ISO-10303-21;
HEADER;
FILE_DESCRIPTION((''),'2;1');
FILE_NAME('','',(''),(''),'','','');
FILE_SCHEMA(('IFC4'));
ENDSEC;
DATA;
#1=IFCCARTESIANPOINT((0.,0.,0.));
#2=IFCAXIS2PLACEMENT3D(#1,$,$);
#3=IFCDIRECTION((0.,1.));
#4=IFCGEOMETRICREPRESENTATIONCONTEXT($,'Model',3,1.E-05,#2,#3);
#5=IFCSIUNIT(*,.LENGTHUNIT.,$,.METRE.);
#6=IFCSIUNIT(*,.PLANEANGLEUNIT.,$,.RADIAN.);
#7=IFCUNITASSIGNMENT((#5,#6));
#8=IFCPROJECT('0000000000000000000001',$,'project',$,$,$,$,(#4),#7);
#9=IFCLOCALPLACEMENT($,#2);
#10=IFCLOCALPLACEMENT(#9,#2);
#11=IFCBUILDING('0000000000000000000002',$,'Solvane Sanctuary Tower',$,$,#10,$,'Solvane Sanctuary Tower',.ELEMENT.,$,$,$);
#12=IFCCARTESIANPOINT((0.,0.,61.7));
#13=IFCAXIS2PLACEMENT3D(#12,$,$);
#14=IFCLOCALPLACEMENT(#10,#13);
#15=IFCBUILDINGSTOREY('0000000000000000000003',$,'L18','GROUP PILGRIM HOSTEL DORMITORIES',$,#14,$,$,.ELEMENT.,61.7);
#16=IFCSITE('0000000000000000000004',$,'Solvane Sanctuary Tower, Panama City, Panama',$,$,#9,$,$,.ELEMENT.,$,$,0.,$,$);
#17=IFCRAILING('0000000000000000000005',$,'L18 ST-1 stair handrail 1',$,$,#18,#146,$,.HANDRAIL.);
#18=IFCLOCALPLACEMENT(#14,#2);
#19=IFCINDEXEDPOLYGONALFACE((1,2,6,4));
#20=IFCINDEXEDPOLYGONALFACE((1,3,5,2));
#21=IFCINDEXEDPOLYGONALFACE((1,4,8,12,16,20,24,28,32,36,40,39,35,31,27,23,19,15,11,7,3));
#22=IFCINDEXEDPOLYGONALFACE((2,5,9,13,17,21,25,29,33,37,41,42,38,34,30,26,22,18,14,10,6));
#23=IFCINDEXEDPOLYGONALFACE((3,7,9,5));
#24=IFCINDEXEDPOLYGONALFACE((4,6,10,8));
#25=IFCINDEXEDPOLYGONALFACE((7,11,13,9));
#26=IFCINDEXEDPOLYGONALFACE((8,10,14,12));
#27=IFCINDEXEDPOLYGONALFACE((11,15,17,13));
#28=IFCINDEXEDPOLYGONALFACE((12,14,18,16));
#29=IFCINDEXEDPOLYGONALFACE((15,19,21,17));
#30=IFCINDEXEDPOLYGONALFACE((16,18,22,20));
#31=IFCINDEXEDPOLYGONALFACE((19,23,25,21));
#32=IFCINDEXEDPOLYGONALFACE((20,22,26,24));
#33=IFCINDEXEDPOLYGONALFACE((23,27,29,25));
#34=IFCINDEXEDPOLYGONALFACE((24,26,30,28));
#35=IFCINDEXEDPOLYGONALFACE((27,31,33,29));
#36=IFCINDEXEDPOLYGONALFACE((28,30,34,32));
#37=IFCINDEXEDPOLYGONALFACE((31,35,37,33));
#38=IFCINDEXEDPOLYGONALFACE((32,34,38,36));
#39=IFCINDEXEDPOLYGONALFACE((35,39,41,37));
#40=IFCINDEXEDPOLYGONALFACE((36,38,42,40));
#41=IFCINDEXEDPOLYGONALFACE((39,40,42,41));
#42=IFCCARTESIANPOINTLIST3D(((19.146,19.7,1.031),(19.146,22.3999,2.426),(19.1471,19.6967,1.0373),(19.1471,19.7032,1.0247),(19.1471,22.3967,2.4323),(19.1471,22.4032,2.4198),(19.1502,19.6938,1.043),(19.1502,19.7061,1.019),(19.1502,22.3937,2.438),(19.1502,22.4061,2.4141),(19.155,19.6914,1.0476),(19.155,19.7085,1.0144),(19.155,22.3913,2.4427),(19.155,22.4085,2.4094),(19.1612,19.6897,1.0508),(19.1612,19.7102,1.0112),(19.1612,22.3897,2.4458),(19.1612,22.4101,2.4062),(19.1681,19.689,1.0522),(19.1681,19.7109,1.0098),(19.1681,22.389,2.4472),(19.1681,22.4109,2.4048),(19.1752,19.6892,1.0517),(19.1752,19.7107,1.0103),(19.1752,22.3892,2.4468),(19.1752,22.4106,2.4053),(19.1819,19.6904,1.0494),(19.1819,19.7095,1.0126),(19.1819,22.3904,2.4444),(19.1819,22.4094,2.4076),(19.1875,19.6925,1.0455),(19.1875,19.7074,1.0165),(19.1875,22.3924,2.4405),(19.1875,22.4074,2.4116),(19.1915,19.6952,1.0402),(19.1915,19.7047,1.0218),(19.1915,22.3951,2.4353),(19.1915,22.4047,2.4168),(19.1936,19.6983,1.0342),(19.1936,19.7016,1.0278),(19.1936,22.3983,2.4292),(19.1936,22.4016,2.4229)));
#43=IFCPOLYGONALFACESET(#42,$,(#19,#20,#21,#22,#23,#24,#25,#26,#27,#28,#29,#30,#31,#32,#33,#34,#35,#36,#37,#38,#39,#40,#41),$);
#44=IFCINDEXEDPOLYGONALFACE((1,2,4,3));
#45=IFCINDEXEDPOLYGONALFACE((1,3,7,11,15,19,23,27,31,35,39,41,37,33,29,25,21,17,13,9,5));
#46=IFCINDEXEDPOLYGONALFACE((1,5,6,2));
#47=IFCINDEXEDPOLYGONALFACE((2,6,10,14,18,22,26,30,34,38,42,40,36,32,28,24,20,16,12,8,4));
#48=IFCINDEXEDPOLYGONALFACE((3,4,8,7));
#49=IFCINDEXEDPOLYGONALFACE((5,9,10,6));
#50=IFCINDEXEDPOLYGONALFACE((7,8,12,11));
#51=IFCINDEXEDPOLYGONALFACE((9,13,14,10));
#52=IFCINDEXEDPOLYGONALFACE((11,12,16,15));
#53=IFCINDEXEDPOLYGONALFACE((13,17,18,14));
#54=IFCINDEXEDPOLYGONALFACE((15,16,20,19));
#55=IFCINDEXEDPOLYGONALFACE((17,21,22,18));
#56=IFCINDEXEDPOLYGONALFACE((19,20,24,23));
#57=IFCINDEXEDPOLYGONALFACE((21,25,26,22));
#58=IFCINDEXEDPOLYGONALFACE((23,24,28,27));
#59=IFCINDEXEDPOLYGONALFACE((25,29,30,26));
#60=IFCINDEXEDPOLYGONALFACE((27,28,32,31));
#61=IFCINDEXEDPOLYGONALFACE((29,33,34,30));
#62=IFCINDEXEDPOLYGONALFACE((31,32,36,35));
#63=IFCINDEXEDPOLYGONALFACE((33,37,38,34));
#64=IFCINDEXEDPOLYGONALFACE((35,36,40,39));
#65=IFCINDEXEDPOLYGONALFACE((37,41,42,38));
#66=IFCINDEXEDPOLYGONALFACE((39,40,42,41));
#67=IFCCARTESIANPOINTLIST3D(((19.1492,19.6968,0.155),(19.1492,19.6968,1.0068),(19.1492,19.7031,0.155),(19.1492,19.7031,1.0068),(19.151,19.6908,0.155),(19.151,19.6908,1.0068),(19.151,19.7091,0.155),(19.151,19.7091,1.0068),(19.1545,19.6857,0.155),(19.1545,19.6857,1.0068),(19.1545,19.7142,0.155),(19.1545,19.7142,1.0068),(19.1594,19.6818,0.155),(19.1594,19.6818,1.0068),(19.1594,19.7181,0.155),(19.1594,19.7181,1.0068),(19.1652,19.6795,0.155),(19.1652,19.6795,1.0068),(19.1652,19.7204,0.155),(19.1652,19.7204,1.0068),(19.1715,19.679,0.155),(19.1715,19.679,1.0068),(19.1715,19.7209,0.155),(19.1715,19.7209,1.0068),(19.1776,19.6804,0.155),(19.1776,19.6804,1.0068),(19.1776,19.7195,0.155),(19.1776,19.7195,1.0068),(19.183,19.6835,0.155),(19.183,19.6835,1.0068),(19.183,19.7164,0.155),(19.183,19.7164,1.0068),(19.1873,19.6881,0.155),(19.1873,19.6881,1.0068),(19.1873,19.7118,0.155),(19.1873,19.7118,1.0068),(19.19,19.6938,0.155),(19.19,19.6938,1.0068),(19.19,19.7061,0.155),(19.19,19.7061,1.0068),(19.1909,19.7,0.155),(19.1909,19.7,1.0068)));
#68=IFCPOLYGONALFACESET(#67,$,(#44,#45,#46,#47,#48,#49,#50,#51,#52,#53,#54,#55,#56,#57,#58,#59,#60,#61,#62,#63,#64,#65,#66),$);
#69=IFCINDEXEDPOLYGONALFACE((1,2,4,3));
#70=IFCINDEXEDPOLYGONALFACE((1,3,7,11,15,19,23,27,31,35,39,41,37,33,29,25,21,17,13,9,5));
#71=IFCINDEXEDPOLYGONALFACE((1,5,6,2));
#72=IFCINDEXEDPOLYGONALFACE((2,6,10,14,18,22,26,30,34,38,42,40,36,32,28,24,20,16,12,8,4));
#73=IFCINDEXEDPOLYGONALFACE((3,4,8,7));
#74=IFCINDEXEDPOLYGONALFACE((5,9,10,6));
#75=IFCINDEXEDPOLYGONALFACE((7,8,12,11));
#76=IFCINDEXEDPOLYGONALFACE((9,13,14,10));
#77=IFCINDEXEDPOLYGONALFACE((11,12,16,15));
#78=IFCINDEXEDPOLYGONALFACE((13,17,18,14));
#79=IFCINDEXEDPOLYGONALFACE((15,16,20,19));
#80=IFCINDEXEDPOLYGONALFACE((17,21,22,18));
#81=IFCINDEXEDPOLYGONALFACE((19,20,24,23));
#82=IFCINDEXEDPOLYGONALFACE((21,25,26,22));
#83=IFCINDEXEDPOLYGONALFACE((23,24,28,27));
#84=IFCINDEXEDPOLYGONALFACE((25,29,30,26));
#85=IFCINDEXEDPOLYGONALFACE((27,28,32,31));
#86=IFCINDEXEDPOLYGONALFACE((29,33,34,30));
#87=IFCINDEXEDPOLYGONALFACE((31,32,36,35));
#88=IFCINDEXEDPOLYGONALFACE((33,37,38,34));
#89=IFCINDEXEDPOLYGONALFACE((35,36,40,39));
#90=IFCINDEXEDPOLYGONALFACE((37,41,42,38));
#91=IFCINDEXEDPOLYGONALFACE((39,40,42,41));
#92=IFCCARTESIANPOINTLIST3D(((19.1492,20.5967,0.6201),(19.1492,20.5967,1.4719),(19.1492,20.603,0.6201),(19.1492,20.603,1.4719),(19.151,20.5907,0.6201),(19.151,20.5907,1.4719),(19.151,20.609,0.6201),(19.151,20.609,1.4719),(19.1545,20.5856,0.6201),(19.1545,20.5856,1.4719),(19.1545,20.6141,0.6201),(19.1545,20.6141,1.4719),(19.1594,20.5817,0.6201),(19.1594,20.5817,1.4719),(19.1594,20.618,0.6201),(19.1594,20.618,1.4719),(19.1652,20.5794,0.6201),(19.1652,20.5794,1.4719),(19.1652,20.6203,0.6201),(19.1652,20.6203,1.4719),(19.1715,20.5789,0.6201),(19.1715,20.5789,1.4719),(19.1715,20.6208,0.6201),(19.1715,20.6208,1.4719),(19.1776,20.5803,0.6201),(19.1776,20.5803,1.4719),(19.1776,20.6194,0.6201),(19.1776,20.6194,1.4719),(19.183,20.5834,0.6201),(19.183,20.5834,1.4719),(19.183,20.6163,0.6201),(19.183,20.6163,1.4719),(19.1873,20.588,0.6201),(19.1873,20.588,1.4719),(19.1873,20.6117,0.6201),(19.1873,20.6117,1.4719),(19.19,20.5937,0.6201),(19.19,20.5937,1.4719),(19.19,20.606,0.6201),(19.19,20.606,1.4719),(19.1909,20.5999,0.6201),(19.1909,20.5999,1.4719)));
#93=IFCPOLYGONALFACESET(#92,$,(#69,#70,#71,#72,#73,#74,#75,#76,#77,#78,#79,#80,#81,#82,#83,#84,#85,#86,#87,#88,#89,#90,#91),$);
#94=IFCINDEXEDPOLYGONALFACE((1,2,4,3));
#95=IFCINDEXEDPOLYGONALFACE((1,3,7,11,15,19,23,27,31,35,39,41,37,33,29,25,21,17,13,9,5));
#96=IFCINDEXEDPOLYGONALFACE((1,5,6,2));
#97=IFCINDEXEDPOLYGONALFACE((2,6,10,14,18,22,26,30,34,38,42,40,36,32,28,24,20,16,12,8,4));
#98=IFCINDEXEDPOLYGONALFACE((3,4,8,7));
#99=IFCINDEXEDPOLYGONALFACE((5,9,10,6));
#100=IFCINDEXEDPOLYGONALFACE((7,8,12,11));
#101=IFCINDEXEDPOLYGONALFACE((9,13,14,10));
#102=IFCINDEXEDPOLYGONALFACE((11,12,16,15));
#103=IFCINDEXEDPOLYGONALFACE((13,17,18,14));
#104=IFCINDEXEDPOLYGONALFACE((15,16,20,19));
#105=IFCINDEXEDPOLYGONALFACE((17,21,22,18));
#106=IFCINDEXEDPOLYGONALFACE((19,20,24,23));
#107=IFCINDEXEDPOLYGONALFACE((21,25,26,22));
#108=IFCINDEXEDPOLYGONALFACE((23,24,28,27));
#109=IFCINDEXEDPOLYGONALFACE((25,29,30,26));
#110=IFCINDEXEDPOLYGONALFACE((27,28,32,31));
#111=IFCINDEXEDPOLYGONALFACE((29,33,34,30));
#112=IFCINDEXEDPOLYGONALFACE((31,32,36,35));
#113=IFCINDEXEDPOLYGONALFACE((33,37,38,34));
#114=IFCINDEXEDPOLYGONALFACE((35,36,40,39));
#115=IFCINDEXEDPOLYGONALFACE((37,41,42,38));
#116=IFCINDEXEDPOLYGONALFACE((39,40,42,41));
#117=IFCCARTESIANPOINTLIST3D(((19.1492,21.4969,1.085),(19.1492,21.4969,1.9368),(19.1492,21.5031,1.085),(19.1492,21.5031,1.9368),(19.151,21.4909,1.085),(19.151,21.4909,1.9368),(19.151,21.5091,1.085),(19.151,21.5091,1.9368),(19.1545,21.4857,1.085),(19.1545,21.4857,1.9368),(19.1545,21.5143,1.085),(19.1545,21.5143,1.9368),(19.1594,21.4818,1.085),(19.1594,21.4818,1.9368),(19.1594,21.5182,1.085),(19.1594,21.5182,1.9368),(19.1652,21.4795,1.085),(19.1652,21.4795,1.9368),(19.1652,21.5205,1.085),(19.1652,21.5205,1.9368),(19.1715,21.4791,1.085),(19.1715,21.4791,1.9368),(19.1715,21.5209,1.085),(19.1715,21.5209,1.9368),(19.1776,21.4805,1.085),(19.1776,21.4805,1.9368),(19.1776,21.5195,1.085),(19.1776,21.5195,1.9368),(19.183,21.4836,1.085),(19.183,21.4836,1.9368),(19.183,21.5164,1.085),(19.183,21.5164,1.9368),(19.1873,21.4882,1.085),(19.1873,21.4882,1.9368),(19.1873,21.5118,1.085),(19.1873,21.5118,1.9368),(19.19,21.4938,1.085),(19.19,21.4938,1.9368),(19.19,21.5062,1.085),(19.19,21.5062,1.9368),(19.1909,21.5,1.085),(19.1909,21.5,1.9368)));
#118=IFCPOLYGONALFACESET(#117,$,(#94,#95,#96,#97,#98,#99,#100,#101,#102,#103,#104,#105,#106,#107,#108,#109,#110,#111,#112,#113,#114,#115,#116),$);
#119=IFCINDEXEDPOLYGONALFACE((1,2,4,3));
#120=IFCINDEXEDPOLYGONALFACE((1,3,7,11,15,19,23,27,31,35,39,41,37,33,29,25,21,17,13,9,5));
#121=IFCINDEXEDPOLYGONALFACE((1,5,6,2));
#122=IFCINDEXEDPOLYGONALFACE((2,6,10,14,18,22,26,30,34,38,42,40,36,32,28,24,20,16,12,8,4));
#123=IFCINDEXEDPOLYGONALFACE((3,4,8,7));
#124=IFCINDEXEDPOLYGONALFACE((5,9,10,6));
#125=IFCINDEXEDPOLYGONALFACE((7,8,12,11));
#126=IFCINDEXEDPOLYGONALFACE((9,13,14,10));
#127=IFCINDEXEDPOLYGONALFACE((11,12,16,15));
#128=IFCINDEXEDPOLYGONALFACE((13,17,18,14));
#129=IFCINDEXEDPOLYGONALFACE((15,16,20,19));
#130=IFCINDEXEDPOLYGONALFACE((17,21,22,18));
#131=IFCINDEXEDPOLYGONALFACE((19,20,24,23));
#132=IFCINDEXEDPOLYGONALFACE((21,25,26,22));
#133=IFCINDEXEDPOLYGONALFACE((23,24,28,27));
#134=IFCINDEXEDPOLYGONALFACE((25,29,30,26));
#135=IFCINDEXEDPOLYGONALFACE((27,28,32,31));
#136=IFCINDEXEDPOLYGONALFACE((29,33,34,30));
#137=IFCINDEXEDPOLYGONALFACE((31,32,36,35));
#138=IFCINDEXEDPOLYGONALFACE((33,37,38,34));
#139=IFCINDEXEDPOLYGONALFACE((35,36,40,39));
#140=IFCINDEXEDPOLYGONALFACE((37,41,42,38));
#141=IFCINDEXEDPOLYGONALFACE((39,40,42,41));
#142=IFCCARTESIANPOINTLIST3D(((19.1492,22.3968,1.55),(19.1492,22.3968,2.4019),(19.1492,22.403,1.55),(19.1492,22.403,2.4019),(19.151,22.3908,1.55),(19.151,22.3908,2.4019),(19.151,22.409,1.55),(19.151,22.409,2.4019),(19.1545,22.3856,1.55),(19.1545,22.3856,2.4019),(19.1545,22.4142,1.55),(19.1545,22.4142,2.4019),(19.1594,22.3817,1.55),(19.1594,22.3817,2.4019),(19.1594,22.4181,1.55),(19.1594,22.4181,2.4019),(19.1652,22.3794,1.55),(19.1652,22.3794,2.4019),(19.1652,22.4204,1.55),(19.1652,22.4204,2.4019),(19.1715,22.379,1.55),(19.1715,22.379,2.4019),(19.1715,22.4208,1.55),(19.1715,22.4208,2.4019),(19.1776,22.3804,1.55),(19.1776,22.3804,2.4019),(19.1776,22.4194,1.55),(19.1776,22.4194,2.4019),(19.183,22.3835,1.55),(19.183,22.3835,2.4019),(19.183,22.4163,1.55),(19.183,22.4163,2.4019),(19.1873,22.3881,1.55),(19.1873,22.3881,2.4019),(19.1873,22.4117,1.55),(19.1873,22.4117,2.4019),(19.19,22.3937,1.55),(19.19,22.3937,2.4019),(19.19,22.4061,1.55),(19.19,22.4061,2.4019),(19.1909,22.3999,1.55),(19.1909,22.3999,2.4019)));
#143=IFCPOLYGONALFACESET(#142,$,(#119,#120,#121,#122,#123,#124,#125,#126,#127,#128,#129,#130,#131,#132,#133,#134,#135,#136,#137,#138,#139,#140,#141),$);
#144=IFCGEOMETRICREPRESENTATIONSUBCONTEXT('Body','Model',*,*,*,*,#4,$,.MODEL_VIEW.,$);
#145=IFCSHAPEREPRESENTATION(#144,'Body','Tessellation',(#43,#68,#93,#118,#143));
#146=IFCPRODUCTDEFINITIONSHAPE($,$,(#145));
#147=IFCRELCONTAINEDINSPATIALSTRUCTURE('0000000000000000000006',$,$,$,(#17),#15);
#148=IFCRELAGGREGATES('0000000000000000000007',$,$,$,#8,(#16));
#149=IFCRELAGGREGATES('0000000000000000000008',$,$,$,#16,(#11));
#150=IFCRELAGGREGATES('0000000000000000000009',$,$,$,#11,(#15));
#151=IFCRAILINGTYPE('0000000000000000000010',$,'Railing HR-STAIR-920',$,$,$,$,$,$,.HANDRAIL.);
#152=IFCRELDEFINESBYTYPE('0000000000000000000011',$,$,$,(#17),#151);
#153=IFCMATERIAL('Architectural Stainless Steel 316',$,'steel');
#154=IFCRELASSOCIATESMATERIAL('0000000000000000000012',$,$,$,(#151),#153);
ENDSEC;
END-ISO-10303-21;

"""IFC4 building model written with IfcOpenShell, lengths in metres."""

from ifc_helpers import new_model, si_unit, direction, frame, origin, origin_2d, place, context, subcontext, project, spatial, circle, extrude, material, type_object, element, save


model = new_model("IFC4")

# Units and contexts
model_context = context("Model", 3, precision=1e-05, world=origin(), true_north=direction((0.0, 1.0)))
body_context = subcontext(model_context, "Body", "Model", "MODEL_VIEW")
ifc_project = project(units=[si_unit("LENGTHUNIT", "METRE"), si_unit("PLANEANGLEUNIT", "RADIAN")], contexts=[model_context])

# Site, building, storey
site_placement = place(None, origin())
site = spatial("IfcSite", under=ifc_project, at=site_placement, Name="Solvane Sanctuary Tower, Panama City, Panama", CompositionType="ELEMENT", RefElevation=0.0)
building_placement = place(site_placement, origin())
building = spatial("IfcBuilding", under=site, at=building_placement, Name="Solvane Sanctuary Tower", LongName="Solvane Sanctuary Tower", CompositionType="ELEMENT")
storey_placement = place(building_placement, frame((0.0, 0.0, 61.7)))
storey = spatial("IfcBuildingStorey", under=building, at=storey_placement, Name="L18", Description="GROUP PILGRIM HOSTEL DORMITORIES", CompositionType="ELEMENT", Elevation=61.7)

# Shared definitions
ifc_material_1 = material(Name="Architectural Stainless Steel 316", Category="steel")

# Railing
railing_type_1 = type_object("IfcRailingType", Name="Railing HR-STAIR-920", PredefinedType="HANDRAIL", material=ifc_material_1)
railing_1_placement = place(storey_placement, frame((19.1699, 19.7, 0.155)))
element("IfcRailing", 1, at=railing_1_placement, inside=storey, type_object=railing_type_1, Name="L18 ST-1 stair handrail 1", PredefinedType="HANDRAIL", context=body_context, shape_type="SweptSolid", body=[
    extrude(circle(Radius=0.0239, at=origin_2d()), frame((0.0, 0.0, 0.876), z_axis=(0.0, 0.88842, 0.459032), x_axis=(-1.0, 0.0, 0.0)), (0.0, 0.0, 1.0), 3.0391),
    extrude(circle(Radius=0.021, at=origin_2d()), origin(), (0.0, 0.0, 1.0), 0.8518),
    extrude(circle(Radius=0.021, at=origin_2d()), frame((0.0, 0.8999, 0.4651)), (0.0, 0.0, 1.0), 0.8518),
    extrude(circle(Radius=0.021, at=origin_2d()), frame((0.0, 1.8, 0.9299)), (0.0, 0.0, 1.0), 0.8518),
    extrude(circle(Radius=0.021, at=origin_2d()), frame((0.0, 2.7, 1.395)), (0.0, 0.0, 1.0), 0.8518),
])

save(model, "model.ifc")
